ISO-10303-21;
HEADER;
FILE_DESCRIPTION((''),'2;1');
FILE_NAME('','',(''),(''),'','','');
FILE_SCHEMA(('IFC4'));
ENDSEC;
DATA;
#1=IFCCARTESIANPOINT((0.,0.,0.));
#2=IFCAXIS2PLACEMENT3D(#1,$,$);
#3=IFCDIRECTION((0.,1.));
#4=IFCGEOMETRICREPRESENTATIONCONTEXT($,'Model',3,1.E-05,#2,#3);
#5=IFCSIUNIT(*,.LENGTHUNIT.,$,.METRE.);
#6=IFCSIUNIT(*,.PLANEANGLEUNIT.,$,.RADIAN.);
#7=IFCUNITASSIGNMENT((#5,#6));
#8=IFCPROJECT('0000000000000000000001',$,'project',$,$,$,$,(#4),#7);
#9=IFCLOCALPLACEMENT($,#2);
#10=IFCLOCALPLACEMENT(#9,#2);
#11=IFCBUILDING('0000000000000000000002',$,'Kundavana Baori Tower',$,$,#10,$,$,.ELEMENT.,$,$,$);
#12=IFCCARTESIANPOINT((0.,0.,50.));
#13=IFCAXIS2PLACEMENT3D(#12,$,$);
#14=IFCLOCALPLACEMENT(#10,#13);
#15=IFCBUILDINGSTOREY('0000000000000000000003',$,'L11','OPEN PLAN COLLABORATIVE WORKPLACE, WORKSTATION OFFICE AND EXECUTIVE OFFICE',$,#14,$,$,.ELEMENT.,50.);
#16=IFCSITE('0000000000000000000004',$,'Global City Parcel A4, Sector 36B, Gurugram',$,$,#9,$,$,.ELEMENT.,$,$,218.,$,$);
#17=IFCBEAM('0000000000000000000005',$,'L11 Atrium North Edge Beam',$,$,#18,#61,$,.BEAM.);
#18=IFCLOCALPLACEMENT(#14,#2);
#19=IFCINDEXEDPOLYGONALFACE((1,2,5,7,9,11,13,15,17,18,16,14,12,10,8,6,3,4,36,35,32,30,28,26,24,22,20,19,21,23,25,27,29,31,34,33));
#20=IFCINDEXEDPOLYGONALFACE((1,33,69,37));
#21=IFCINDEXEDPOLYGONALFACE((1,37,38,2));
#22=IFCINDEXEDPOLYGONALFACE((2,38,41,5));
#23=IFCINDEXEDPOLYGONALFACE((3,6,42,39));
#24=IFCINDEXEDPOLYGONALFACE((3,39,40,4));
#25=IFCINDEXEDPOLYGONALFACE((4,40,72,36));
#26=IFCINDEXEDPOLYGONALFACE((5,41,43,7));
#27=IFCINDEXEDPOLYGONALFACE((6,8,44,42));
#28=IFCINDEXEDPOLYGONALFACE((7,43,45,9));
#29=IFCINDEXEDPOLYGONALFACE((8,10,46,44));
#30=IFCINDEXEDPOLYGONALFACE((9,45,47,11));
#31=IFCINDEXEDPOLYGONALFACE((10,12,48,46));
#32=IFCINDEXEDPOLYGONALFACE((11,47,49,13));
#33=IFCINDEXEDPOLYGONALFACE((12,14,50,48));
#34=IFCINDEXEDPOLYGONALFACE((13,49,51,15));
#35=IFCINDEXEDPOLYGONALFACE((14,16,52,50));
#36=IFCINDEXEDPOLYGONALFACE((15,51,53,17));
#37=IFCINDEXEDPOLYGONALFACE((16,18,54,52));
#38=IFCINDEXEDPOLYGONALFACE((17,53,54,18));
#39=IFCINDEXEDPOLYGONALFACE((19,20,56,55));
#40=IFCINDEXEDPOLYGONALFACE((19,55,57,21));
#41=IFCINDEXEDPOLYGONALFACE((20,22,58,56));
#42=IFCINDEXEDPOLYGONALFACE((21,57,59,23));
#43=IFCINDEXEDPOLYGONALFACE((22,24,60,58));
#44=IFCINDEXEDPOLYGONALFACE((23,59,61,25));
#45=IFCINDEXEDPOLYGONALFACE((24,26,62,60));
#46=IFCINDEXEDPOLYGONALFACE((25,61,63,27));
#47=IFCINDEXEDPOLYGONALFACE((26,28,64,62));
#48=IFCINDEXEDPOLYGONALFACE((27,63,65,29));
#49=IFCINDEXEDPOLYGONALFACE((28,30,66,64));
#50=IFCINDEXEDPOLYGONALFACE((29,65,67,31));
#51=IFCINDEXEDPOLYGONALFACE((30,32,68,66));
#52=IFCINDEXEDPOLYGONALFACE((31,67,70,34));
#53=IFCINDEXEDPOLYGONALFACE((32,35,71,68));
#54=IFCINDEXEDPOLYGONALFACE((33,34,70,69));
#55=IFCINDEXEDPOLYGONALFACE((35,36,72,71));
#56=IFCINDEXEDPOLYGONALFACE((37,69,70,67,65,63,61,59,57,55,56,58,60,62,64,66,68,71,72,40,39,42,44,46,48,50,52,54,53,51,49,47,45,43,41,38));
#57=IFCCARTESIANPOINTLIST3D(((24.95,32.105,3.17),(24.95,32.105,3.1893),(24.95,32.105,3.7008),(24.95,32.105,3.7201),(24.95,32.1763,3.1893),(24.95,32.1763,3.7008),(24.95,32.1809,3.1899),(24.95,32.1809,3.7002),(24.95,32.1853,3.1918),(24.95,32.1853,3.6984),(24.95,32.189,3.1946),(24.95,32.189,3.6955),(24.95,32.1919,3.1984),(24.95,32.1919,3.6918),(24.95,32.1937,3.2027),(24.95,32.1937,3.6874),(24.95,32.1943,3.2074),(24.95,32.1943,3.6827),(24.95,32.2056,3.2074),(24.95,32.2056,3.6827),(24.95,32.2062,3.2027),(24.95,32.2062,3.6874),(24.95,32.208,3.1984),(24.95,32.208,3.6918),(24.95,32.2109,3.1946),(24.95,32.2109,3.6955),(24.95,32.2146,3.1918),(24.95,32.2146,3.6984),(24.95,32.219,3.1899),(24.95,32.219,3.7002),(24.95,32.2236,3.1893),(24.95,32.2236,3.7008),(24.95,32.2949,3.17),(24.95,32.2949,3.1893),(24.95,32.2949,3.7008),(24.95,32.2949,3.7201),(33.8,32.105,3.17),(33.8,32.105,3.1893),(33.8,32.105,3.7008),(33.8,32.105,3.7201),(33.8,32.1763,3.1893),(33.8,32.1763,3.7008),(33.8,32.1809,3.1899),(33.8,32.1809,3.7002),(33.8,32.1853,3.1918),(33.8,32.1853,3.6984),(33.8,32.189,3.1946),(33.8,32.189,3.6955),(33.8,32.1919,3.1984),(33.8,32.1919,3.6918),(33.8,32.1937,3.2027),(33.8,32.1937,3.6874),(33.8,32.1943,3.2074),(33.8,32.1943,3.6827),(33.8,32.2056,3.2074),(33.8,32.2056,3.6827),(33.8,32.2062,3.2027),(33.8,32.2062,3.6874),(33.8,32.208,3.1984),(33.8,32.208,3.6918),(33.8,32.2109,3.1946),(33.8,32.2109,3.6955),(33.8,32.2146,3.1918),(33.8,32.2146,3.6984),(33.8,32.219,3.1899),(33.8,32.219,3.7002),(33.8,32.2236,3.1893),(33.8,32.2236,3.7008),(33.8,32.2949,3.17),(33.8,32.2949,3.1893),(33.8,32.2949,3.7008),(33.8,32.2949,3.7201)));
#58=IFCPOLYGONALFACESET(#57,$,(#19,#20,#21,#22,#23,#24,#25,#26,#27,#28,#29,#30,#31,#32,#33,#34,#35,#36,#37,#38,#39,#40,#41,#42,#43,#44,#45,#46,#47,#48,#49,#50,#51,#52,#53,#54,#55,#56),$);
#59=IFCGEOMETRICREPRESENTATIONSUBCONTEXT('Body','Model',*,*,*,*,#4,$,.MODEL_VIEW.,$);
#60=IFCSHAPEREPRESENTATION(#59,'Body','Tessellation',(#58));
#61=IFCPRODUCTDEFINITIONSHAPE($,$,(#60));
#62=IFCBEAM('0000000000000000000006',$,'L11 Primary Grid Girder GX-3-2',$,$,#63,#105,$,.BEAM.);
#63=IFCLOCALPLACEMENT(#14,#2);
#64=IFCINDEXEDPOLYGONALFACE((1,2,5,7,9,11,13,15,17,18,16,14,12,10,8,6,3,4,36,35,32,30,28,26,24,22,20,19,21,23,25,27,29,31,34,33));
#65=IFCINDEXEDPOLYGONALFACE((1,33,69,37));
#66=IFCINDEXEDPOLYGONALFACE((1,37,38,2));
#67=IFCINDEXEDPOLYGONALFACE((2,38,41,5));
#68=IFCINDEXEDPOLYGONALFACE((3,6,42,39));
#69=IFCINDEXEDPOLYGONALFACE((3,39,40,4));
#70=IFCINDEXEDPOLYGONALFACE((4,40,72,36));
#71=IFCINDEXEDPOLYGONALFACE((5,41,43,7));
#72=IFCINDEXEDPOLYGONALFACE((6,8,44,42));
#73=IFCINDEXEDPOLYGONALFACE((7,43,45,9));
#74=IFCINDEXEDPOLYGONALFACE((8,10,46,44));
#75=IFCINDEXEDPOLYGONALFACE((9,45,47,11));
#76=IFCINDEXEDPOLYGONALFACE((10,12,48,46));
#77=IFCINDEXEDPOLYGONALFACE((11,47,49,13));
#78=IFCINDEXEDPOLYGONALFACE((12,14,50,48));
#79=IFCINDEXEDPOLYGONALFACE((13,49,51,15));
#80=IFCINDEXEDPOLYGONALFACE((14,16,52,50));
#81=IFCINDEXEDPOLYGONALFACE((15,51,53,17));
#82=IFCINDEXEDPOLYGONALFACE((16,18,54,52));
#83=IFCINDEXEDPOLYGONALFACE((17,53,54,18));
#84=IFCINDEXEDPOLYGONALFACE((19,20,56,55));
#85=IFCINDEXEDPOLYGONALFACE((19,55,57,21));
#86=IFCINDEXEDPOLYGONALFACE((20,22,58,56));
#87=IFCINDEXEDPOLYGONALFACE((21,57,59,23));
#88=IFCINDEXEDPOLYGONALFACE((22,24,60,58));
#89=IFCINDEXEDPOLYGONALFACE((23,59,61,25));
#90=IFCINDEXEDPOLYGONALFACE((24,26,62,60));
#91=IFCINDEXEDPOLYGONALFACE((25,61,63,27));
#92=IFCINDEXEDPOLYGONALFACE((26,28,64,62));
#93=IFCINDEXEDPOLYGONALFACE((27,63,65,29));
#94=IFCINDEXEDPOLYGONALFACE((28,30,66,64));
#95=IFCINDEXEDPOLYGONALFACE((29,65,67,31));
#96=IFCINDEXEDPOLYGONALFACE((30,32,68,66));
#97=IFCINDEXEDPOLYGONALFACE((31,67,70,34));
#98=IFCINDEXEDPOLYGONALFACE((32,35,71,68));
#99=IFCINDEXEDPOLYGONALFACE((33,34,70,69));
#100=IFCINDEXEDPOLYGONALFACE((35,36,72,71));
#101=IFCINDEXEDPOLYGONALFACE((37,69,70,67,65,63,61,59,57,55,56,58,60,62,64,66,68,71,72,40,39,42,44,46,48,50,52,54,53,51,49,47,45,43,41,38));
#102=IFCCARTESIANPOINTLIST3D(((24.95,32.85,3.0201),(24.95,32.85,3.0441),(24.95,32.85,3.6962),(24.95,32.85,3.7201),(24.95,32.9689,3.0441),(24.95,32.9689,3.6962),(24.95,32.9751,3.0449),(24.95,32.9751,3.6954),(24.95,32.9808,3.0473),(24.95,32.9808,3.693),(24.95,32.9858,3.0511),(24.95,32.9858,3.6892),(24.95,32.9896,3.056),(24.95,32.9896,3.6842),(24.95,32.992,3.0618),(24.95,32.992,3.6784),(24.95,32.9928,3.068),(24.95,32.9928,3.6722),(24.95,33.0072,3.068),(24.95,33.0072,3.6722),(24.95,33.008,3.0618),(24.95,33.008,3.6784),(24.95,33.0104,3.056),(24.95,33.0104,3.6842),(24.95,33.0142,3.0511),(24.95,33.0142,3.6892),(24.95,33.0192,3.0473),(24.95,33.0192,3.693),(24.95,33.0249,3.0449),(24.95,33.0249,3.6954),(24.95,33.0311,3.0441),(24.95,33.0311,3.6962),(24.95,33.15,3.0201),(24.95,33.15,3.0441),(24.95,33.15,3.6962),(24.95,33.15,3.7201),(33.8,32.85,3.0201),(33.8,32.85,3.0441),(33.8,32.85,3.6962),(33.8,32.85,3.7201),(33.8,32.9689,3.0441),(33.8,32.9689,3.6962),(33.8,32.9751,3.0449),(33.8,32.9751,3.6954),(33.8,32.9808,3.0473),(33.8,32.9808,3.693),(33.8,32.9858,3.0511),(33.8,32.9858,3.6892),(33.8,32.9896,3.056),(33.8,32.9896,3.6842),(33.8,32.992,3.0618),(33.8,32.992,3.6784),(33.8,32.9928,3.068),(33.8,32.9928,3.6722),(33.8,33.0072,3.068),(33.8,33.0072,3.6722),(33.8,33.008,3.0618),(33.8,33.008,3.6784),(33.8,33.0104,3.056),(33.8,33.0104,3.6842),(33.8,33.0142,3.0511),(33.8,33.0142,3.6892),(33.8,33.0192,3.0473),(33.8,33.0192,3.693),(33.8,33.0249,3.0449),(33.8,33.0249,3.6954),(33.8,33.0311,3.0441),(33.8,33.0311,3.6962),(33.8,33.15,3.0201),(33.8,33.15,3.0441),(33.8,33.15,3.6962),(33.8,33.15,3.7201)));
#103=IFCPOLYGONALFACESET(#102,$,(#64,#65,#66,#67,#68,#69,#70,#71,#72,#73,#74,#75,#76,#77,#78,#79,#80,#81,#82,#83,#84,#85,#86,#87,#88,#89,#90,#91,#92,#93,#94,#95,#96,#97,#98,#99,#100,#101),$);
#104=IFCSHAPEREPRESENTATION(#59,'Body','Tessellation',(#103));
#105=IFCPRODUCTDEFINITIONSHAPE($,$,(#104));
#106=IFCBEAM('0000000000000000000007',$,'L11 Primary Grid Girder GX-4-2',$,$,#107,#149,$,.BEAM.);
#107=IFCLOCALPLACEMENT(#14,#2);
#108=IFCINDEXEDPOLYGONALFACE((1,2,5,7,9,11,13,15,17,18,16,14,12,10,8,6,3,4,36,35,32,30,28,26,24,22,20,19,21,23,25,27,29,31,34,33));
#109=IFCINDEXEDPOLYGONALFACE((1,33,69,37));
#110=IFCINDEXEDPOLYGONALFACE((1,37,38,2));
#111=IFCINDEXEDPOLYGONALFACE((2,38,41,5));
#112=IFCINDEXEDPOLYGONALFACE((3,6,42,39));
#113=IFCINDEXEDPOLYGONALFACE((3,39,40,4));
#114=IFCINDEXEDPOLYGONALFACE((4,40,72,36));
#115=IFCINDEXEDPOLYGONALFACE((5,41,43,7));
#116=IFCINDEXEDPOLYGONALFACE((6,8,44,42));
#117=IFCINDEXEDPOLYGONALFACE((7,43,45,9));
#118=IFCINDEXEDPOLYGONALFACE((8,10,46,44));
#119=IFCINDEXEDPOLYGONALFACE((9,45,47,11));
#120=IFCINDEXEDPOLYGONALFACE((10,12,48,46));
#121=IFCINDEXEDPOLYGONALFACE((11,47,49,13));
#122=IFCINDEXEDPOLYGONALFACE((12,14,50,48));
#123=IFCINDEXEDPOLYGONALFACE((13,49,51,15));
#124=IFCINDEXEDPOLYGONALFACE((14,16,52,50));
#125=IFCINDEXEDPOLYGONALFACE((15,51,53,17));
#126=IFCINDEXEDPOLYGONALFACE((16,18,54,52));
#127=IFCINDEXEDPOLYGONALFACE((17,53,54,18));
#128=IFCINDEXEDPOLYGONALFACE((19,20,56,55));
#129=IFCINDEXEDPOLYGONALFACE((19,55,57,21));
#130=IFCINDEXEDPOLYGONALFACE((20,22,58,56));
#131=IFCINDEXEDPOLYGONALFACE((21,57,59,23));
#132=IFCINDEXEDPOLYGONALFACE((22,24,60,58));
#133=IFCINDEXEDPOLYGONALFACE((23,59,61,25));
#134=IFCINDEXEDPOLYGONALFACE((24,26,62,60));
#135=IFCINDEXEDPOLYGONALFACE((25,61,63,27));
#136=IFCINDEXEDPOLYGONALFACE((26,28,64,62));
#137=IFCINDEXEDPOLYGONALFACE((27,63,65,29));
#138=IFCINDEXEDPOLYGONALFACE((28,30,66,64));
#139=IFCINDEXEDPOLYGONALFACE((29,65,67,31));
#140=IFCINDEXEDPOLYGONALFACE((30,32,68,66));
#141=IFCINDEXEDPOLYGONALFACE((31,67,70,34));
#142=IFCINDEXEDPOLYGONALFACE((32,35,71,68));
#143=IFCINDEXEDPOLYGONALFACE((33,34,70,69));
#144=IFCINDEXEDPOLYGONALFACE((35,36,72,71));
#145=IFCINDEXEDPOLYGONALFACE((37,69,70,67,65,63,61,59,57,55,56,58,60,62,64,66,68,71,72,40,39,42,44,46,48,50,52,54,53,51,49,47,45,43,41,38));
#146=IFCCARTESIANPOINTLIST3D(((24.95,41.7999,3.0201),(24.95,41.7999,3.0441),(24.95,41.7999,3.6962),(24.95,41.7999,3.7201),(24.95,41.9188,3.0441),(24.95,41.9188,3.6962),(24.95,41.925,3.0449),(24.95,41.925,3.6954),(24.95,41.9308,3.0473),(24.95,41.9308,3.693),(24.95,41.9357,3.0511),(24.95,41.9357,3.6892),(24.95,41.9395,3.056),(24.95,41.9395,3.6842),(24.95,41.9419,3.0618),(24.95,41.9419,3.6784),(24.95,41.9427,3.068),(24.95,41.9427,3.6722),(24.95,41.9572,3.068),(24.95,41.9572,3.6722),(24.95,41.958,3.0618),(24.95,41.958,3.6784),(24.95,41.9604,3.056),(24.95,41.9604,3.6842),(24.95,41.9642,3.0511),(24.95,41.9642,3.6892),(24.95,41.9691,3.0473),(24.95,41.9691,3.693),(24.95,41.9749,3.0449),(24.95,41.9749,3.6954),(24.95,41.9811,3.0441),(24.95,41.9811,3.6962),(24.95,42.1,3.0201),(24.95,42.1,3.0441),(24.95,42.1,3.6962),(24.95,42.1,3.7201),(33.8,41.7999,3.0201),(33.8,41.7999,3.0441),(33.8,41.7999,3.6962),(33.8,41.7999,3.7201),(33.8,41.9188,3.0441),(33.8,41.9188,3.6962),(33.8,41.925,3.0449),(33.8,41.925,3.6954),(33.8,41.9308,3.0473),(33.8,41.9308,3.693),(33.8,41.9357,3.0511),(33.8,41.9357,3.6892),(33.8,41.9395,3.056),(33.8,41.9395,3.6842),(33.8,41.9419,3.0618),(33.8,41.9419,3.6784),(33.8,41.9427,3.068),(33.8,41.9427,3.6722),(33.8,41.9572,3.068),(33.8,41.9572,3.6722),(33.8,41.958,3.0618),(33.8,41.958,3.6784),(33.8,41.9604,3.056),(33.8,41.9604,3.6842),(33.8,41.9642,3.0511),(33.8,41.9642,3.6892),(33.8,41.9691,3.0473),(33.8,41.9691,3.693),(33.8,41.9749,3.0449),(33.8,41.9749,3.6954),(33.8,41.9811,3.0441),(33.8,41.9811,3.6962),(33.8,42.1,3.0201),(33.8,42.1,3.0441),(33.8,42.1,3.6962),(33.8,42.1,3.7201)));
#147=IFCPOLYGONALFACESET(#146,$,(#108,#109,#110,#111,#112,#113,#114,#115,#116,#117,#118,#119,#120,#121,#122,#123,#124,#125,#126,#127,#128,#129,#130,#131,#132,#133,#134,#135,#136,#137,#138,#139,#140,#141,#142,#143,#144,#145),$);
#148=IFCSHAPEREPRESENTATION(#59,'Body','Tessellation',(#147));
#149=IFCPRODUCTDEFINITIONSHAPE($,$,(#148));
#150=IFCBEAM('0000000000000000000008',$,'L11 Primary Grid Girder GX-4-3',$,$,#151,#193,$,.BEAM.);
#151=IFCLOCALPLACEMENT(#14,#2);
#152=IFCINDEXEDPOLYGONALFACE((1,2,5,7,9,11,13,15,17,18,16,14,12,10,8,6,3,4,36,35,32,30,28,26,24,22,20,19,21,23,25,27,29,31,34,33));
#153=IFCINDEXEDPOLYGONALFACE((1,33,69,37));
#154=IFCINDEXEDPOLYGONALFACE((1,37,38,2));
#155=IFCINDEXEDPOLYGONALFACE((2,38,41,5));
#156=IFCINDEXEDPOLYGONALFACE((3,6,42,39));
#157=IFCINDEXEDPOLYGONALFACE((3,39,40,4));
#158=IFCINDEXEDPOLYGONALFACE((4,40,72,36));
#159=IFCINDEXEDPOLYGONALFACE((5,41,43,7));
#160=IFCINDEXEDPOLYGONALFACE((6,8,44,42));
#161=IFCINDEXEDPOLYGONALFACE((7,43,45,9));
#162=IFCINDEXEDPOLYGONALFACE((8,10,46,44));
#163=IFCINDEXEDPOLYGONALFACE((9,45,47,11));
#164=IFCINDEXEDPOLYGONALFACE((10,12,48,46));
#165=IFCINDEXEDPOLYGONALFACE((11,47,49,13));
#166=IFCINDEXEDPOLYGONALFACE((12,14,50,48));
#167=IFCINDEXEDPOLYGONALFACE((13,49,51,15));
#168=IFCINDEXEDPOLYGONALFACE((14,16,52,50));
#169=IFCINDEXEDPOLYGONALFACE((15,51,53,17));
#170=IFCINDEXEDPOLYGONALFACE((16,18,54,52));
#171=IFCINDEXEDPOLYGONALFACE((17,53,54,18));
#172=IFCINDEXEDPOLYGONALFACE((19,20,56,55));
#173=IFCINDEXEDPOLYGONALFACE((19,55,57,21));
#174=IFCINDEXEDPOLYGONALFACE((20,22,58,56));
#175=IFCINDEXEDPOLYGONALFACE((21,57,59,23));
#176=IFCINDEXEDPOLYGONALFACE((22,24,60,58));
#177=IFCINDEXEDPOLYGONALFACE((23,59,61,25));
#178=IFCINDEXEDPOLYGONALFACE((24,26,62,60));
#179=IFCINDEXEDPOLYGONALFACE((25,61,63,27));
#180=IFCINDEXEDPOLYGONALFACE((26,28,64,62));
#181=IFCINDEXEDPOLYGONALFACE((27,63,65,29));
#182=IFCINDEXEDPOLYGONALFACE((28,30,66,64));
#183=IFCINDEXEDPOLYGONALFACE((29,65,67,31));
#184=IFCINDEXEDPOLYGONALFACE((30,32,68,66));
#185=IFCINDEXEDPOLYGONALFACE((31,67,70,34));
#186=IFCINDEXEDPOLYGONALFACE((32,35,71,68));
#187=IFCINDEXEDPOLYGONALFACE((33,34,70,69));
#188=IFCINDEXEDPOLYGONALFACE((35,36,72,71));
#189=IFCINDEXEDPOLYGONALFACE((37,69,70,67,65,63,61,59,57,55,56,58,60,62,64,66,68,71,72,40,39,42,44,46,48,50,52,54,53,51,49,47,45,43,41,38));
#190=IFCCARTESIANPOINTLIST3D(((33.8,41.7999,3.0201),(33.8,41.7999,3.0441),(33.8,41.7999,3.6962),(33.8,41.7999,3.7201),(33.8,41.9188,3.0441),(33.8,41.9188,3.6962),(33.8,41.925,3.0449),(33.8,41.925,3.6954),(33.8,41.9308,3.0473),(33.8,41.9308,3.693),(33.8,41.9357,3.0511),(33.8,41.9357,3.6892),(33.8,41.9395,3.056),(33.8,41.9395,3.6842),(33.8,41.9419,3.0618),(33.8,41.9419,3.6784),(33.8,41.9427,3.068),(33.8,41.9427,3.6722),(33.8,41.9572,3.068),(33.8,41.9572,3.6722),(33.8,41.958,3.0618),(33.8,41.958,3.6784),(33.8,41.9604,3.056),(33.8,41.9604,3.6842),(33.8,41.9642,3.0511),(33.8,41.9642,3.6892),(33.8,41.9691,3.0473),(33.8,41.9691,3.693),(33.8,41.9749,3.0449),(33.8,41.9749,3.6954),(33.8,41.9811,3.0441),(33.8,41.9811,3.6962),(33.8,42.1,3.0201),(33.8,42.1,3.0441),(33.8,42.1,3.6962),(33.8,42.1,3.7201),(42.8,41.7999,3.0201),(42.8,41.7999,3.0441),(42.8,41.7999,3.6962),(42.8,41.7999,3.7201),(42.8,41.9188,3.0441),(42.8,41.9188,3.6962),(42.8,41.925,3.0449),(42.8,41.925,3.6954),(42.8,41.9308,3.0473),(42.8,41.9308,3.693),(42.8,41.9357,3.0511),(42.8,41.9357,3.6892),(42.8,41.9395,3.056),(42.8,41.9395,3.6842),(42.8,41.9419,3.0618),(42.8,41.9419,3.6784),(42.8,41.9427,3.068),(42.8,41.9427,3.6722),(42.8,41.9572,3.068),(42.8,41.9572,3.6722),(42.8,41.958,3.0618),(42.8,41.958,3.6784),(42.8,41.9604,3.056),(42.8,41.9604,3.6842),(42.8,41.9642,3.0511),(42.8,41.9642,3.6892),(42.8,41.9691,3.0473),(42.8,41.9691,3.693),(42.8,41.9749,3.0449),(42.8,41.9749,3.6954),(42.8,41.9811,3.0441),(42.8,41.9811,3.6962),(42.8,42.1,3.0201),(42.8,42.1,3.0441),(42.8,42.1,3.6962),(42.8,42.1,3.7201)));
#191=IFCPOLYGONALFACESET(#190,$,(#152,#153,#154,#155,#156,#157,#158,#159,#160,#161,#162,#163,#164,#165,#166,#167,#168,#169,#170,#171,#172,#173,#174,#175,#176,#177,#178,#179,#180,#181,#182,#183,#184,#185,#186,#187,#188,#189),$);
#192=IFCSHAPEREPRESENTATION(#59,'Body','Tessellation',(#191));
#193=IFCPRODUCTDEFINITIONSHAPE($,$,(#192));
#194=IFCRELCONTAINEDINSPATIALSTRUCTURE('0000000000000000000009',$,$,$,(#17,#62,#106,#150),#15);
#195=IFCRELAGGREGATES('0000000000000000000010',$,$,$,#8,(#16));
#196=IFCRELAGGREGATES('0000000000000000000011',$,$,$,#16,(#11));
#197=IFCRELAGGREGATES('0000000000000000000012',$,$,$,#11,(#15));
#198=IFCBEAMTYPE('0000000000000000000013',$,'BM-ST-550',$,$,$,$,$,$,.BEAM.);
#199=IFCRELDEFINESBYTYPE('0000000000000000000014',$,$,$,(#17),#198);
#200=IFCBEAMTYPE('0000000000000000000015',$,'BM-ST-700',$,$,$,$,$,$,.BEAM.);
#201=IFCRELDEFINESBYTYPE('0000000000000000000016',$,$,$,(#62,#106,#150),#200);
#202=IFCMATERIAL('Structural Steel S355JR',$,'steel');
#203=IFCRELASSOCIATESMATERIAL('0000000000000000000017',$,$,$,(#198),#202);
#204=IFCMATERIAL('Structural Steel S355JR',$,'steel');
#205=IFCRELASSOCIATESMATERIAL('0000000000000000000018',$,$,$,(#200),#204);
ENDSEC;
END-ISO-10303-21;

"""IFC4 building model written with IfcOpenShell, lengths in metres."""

from ifc_helpers import new_model, si_unit, direction, frame, origin, origin_2d, place, context, subcontext, project, spatial, i_section, extrude, material, material_profile, profile_set, type_object, element, save


model = new_model("IFC4")

# Units and contexts
model_context = context("Model", 3, precision=1e-05, world=origin(), true_north=direction((0.0, 1.0)))
body_context = subcontext(model_context, "Body", "Model", "MODEL_VIEW")
ifc_project = project(units=[si_unit("LENGTHUNIT", "METRE"), si_unit("PLANEANGLEUNIT", "RADIAN")], contexts=[model_context])

# Site, building, storey
site_placement = place(None, origin())
site = spatial("IfcSite", under=ifc_project, at=site_placement, Name="Global City Parcel A4, Sector 36B, Gurugram", CompositionType="ELEMENT", RefElevation=218.0)
building_placement = place(site_placement, origin())
building = spatial("IfcBuilding", under=site, at=building_placement, Name="Kundavana Baori Tower", CompositionType="ELEMENT")
storey_placement = place(building_placement, frame((0.0, 0.0, 50.0)))
storey = spatial("IfcBuildingStorey", under=building, at=storey_placement, Name="L11", Description="OPEN PLAN COLLABORATIVE WORKPLACE, WORKSTATION OFFICE AND EXECUTIVE OFFICE", CompositionType="ELEMENT", Elevation=50.0)

# Beams
ifc_material_1 = material(Name="Structural Steel S355JR", Category="steel")
ifc_material_profile_1 = material_profile(ifc_material_1, i_section(OverallWidth=0.1899, OverallDepth=0.55, WebThickness=0.0112, FlangeThickness=0.0193, FilletRadius=0.0181, at=origin_2d()), Name="ISMB 550")
ifc_profile_set_1 = profile_set([ifc_material_profile_1], Name="Structural Steel S355JR")
beam_type_1 = type_object("IfcBeamType", Name="BM-ST-550", PredefinedType="BEAM", material=ifc_profile_set_1)
beam_1_placement = place(storey_placement, frame((24.95, 32.2, 3.4451), z_axis=(1.0, 0.0, 0.0), x_axis=(0.0, 1.0, 0.0)))
element("IfcBeam", 1, at=beam_1_placement, inside=storey, type_object=beam_type_1, Name="L11 Atrium North Edge Beam", PredefinedType="BEAM", context=body_context, shape_type="SweptSolid", body=[
    extrude(i_section(OverallWidth=0.1899, OverallDepth=0.55, WebThickness=0.0112, FlangeThickness=0.0193, FilletRadius=0.0181, at=origin_2d()), origin(), (0.0, 0.0, 1.0), 8.8501),
])
ifc_material_2 = material(Name="Structural Steel S355JR", Category="steel")
ifc_material_profile_2 = material_profile(ifc_material_2, i_section(OverallWidth=0.3, OverallDepth=0.7, WebThickness=0.0144, FlangeThickness=0.0239, FilletRadius=0.0239, at=origin_2d()), Name="NPB 700x300x170")
ifc_profile_set_2 = profile_set([ifc_material_profile_2], Name="Structural Steel S355JR")
beam_type_2 = type_object("IfcBeamType", Name="BM-ST-700", PredefinedType="BEAM", material=ifc_profile_set_2)
for number, where, z_axis, x_axis, name in (
    (2, (24.95, 33.0, 3.3701), (1.0, 0.0, 0.0), (0.0, 1.0, 0.0), "L11 Primary Grid Girder GX-3-2"),
    (3, (24.95, 41.95, 3.3701), (1.0, 0.0, 0.0), (0.0, 1.0, 0.0), "L11 Primary Grid Girder GX-4-2"),
):
    element("IfcBeam", number, at=place(storey_placement, frame(where, z_axis=z_axis, x_axis=x_axis)), inside=storey, type_object=beam_type_2, Name=name, PredefinedType="BEAM", context=body_context, shape_type="SweptSolid", body=[
        extrude(i_section(OverallWidth=0.3, OverallDepth=0.7, WebThickness=0.0144, FlangeThickness=0.0239, FilletRadius=0.0239, at=origin_2d()), origin(), (0.0, 0.0, 1.0), 8.8501),
    ])
beam_2_placement = place(storey_placement, frame((33.8, 41.95, 3.3701), z_axis=(1.0, 0.0, 0.0), x_axis=(0.0, 1.0, 0.0)))
element("IfcBeam", 4, at=beam_2_placement, inside=storey, type_object=beam_type_2, Name="L11 Primary Grid Girder GX-4-3", PredefinedType="BEAM", context=body_context, shape_type="SweptSolid", body=[
    extrude(i_section(OverallWidth=0.3, OverallDepth=0.7, WebThickness=0.0144, FlangeThickness=0.0239, FilletRadius=0.0239, at=origin_2d()), origin(), (0.0, 0.0, 1.0), 9.0),
])

save(model, "model.ifc")
